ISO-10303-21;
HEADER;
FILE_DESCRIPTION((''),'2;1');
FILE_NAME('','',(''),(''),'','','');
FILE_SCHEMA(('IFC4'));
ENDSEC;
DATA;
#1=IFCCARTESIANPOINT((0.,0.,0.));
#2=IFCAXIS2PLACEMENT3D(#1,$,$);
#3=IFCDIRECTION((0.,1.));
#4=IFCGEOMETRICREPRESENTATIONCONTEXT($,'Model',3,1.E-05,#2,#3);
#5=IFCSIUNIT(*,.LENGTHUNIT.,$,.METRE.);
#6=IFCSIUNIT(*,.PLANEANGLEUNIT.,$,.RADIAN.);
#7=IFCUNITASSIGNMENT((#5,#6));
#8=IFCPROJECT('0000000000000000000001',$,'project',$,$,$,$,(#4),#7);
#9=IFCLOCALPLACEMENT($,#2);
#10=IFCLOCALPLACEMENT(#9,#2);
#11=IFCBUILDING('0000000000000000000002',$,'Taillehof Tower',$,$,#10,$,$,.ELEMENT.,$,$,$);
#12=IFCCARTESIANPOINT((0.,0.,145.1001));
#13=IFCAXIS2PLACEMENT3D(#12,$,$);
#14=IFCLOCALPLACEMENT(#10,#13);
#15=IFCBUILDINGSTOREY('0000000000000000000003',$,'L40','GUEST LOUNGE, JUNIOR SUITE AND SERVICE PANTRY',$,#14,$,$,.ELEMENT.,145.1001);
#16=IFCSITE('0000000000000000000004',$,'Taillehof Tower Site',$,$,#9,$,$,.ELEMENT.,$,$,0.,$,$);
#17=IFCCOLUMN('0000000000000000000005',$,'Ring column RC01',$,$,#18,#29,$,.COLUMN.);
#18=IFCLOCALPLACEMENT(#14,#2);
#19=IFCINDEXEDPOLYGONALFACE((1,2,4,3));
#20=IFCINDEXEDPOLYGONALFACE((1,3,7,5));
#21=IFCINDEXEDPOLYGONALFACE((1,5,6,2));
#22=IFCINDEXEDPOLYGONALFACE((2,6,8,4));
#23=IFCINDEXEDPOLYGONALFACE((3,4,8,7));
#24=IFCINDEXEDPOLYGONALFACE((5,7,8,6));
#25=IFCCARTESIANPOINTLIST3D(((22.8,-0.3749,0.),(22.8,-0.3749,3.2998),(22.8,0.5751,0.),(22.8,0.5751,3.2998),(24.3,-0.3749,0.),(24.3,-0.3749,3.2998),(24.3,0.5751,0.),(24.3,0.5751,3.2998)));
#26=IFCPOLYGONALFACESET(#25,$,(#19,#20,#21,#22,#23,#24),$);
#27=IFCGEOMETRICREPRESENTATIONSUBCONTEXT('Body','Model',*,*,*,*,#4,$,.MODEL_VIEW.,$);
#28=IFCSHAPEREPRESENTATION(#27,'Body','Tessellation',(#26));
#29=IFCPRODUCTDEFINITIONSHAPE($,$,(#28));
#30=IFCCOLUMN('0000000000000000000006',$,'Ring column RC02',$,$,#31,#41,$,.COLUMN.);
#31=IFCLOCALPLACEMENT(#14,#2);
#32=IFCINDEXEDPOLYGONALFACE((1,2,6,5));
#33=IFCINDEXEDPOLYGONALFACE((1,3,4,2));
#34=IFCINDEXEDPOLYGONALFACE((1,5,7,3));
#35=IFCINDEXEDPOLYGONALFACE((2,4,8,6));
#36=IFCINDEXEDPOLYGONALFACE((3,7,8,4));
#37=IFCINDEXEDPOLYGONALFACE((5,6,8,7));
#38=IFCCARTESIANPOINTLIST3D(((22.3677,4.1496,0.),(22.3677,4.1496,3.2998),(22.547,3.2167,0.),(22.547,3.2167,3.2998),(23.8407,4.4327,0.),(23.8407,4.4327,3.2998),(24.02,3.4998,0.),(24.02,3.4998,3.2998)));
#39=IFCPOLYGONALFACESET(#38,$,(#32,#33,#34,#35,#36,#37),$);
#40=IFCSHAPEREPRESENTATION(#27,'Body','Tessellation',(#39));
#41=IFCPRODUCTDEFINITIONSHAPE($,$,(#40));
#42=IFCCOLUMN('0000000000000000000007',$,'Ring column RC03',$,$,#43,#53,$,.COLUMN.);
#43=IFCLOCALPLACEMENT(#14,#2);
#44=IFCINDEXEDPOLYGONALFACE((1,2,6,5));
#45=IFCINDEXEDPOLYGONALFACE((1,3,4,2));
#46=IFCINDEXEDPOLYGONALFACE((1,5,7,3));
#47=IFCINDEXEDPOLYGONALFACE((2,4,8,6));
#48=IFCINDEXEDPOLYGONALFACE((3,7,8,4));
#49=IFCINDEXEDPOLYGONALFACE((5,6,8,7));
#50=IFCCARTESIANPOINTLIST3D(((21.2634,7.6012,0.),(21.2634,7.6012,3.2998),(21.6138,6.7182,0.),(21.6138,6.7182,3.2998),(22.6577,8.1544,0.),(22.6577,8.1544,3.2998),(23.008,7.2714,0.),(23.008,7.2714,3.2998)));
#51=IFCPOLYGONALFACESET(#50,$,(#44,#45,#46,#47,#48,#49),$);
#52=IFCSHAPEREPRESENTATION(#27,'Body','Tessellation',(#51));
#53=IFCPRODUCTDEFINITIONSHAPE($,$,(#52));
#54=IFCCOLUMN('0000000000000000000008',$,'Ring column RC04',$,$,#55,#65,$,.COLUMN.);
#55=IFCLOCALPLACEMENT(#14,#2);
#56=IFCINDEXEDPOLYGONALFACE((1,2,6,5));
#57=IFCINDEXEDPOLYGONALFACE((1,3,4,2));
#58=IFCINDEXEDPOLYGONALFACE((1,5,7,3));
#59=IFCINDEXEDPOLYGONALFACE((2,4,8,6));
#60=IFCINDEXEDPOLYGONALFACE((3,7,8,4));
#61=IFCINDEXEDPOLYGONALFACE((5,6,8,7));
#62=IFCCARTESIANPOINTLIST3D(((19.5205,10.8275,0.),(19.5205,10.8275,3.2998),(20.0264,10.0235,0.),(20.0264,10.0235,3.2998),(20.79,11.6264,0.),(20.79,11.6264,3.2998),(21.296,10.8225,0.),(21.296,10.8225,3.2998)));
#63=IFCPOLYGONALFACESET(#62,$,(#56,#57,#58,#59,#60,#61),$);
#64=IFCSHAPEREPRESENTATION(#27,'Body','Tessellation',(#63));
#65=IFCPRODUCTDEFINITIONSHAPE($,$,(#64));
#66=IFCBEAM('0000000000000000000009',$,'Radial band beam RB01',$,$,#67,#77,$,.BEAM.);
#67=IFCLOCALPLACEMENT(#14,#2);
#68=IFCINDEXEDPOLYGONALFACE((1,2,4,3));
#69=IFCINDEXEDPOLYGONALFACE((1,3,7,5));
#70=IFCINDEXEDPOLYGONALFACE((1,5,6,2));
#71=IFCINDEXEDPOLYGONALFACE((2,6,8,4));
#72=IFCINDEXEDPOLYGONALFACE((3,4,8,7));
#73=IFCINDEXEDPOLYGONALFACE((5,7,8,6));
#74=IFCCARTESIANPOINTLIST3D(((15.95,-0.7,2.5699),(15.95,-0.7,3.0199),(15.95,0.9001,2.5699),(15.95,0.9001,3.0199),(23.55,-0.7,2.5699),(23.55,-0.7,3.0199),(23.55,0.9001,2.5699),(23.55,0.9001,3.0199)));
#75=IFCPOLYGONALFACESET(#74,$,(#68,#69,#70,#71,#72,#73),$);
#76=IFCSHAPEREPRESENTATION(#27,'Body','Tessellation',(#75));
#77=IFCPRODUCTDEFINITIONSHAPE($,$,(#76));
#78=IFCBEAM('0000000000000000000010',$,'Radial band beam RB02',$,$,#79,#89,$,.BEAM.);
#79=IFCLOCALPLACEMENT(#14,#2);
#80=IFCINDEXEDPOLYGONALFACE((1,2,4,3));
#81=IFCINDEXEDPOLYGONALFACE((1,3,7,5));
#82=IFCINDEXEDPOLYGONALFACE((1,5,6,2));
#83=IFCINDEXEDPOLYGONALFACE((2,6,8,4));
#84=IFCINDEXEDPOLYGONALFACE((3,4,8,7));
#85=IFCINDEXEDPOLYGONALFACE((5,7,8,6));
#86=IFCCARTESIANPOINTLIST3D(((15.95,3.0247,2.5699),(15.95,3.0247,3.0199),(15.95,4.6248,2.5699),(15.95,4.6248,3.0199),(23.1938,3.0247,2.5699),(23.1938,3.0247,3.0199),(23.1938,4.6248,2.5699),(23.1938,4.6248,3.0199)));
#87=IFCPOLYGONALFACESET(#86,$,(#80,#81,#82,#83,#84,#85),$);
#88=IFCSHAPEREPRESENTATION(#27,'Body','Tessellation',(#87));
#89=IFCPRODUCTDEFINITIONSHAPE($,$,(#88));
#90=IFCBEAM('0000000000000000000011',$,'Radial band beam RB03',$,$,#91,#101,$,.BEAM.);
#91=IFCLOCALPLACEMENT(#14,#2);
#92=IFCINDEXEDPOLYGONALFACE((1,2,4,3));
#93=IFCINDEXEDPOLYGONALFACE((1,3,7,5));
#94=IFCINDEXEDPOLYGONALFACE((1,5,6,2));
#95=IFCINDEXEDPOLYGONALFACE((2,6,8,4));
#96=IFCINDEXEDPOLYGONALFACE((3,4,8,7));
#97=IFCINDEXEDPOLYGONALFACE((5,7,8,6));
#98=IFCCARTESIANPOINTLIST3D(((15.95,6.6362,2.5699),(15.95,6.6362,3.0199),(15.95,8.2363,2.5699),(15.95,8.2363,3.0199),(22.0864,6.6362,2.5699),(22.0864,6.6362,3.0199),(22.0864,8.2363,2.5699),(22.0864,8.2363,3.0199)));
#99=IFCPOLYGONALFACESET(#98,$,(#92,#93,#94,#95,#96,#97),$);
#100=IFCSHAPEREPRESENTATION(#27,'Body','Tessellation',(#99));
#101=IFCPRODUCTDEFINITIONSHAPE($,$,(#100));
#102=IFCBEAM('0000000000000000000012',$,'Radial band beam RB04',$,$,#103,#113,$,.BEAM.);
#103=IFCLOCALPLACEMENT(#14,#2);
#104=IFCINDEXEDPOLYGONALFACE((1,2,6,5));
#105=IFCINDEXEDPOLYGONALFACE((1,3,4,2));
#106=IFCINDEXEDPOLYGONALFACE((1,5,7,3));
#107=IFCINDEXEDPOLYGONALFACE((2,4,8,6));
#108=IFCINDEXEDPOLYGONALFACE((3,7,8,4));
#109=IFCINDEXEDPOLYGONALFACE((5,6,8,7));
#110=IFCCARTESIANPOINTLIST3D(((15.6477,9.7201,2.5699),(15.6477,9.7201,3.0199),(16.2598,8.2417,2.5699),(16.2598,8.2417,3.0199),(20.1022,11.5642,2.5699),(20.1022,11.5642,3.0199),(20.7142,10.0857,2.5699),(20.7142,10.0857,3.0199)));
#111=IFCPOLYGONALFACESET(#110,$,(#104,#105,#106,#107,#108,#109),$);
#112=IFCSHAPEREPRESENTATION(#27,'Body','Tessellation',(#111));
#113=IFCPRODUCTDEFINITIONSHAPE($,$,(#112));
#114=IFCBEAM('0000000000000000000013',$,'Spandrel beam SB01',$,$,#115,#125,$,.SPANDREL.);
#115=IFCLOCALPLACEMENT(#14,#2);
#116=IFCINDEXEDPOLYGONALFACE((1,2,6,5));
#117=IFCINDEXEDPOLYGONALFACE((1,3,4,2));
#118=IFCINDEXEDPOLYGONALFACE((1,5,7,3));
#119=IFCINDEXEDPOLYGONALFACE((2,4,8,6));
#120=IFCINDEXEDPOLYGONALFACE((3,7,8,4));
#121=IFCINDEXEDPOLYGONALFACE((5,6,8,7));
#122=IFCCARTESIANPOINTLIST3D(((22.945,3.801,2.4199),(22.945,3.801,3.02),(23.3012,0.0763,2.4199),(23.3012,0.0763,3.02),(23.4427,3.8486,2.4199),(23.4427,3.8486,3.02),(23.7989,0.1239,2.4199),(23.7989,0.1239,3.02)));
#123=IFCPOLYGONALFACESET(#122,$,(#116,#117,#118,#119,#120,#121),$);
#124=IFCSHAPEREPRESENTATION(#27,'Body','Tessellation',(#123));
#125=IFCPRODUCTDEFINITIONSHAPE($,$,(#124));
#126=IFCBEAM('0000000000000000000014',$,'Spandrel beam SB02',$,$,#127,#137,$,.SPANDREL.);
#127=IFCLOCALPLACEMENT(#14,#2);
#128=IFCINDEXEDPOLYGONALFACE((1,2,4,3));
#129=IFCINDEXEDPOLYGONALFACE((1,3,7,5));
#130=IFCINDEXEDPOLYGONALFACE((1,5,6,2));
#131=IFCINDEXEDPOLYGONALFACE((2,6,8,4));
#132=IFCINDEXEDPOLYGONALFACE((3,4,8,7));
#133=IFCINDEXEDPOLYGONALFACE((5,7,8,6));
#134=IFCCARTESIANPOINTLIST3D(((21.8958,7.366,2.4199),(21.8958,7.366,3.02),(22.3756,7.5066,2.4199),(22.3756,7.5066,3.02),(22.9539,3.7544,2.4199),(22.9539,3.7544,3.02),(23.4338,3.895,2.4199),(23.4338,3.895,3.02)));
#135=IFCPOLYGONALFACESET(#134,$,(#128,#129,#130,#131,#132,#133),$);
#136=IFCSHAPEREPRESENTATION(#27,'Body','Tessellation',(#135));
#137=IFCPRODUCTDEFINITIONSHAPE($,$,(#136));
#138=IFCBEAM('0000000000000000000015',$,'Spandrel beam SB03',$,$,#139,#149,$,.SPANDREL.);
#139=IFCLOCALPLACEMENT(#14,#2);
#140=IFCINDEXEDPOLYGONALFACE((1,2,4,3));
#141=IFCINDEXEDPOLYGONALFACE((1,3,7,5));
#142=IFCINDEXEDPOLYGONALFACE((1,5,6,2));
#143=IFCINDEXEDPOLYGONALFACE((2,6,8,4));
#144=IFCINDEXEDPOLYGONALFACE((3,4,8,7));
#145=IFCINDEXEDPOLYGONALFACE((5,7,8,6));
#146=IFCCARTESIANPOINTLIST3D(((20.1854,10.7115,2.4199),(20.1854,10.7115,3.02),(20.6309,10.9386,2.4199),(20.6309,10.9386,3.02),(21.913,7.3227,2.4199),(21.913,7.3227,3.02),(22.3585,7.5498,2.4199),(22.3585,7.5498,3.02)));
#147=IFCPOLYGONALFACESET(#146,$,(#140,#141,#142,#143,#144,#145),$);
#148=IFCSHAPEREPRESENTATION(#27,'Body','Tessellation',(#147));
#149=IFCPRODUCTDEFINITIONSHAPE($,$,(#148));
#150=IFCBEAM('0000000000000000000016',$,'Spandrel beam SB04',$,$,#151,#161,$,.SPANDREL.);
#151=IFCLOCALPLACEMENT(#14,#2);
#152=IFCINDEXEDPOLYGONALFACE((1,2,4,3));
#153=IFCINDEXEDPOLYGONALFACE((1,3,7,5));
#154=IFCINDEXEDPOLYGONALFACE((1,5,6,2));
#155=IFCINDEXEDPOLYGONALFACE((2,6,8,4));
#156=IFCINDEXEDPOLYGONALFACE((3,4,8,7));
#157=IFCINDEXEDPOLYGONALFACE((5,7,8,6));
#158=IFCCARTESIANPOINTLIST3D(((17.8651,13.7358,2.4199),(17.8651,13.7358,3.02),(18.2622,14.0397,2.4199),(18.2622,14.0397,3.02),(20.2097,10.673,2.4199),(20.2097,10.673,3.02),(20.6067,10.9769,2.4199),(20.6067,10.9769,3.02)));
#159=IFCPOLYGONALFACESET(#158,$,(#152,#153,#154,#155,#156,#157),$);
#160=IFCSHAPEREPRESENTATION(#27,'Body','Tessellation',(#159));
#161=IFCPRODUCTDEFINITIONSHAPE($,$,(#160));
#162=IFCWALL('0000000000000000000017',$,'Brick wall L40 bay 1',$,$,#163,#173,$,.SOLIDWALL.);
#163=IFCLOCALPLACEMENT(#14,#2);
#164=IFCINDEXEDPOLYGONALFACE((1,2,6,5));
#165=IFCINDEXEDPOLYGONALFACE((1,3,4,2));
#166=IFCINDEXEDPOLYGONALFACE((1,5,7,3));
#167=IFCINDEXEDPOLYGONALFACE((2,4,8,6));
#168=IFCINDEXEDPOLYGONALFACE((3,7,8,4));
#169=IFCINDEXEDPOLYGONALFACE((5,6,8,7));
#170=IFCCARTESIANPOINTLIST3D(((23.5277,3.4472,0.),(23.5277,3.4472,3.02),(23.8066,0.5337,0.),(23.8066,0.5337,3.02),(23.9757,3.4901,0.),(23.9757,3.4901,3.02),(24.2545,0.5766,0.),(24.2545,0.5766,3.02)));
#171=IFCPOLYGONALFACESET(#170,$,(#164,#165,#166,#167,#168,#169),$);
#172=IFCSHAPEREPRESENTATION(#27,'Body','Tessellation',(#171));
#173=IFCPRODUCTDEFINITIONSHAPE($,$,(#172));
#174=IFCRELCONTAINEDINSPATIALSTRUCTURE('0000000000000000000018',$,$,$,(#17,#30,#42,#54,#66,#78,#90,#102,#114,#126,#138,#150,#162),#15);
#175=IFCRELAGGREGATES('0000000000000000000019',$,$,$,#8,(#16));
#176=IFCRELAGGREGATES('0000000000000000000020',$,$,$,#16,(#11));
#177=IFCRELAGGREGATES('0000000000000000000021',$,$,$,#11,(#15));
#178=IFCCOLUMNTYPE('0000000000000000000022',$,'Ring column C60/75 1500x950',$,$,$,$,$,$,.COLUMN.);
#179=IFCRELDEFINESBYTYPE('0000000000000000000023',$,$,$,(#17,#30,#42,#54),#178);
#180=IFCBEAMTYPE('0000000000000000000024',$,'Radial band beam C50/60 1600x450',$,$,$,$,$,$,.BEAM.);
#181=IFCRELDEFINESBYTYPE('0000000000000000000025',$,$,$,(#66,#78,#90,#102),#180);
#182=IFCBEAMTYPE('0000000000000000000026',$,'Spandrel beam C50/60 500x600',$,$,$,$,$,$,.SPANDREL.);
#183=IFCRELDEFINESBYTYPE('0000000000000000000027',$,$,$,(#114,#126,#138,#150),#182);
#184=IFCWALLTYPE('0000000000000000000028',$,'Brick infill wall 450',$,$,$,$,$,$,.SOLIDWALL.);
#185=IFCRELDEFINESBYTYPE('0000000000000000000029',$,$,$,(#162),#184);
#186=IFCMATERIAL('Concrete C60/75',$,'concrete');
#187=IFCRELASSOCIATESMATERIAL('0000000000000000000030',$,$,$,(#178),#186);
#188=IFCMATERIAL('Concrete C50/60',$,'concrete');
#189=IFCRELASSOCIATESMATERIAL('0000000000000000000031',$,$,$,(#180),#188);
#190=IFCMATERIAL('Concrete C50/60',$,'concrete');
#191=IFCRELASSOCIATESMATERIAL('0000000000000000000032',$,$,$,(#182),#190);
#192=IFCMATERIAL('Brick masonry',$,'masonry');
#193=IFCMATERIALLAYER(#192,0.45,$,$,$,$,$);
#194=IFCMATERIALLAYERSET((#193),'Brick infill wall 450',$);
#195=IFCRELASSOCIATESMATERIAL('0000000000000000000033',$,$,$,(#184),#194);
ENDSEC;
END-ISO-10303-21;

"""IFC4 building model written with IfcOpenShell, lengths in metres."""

from ifc_helpers import new_model, si_unit, direction, frame, frame_2d, origin, origin_2d, place, context, subcontext, project, spatial, rectangle, extrude, material, layer, layer_set, material_profile, profile_set, type_object, element, save


model = new_model("IFC4")

# Units and contexts
model_context = context("Model", 3, precision=1e-05, world=origin(), true_north=direction((0.0, 1.0)))
body_context = subcontext(model_context, "Body", "Model", "MODEL_VIEW")
ifc_project = project(units=[si_unit("LENGTHUNIT", "METRE"), si_unit("PLANEANGLEUNIT", "RADIAN")], contexts=[model_context])

# Site, building, storey
site_placement = place(None, origin())
site = spatial("IfcSite", under=ifc_project, at=site_placement, Name="Taillehof Tower Site", CompositionType="ELEMENT", RefElevation=0.0)
building_placement = place(site_placement, origin())
building = spatial("IfcBuilding", under=site, at=building_placement, Name="Taillehof Tower", CompositionType="ELEMENT")
storey_placement = place(building_placement, frame((0.0, 0.0, 145.1001)))
storey = spatial("IfcBuildingStorey", under=building, at=storey_placement, Name="L40", Description="GUEST LOUNGE, JUNIOR SUITE AND SERVICE PANTRY", CompositionType="ELEMENT", Elevation=145.1001)

# Columns
ifc_material_1 = material(Name="Concrete C60/75", Category="concrete")
ifc_material_profile_1 = material_profile(ifc_material_1, rectangle(XDim=1.5, YDim=0.95, at=origin_2d()), Name="RC 1500x950")
ifc_profile_set_1 = profile_set([ifc_material_profile_1], Name="Concrete C60/75")
column_type = type_object("IfcColumnType", Name="Ring column C60/75 1500x950", PredefinedType="COLUMN", material=ifc_profile_set_1)
for number, where, z_axis, x_axis, name in (
    (1, (23.55, 0.1001, 0.0), (0.0, 0.0, 1.0), (1.0, 0.0, 0.0), "Ring column RC01"),
    (2, (23.1938, 3.8247, 0.0), (0.0, 0.0, 1.0), (0.982024, 0.188757, 0.0), "Ring column RC02"),
    (3, (22.1357, 7.4363, 0.0), (0.0, 0.0, 1.0), (0.929511, 0.368793, 0.0), "Ring column RC03"),
    (4, (20.4082, 10.825, 0.0), (0.0, 0.0, 1.0), (0.846334, 0.532652, 0.0), "Ring column RC04"),
):
    element("IfcColumn", number, at=place(storey_placement, frame(where, z_axis=z_axis, x_axis=x_axis)), inside=storey, type_object=column_type, Name=name, PredefinedType="COLUMN", context=body_context, shape_type="SweptSolid", body=[
        extrude(rectangle(XDim=1.5, YDim=0.95, at=origin_2d()), origin(), (0.0, 0.0, 1.0), 3.2998),
    ])

# Beams
ifc_material_2 = material(Name="Concrete C50/60", Category="concrete")
ifc_material_profile_2 = material_profile(ifc_material_2, rectangle(XDim=1.6001, YDim=0.45, at=origin_2d()), Name="RC 1600x450")
ifc_profile_set_2 = profile_set([ifc_material_profile_2], Name="Concrete C50/60")
beam_type_1 = type_object("IfcBeamType", Name="Radial band beam C50/60 1600x450", PredefinedType="BEAM", material=ifc_profile_set_2)
beam_1_placement = place(storey_placement, frame((23.55, 0.1001, 2.7949), z_axis=(-1.0, 0.0, 0.0), x_axis=(0.0, -1.0, 0.0)))
element("IfcBeam", 5, at=beam_1_placement, inside=storey, type_object=beam_type_1, Name="Radial band beam RB01", PredefinedType="BEAM", context=body_context, shape_type="SweptSolid", body=[
    extrude(rectangle(XDim=1.6001, YDim=0.45, at=origin_2d()), origin(), (0.0, 0.0, 1.0), 7.6001),
])
beam_2_placement = place(storey_placement, frame((23.1938, 3.8247, 2.7949), z_axis=(-1.0, 0.0, 0.0), x_axis=(0.0, -1.0, 0.0)))
element("IfcBeam", 6, at=beam_2_placement, inside=storey, type_object=beam_type_1, Name="Radial band beam RB02", PredefinedType="BEAM", context=body_context, shape_type="SweptSolid", body=[
    extrude(rectangle(XDim=1.6001, YDim=0.45, at=origin_2d()), origin(), (0.0, 0.0, 1.0), 7.2439),
])
beam_3_placement = place(storey_placement, frame((22.0864, 7.4363, 2.7949), z_axis=(-1.0, 0.0, 0.0), x_axis=(0.0, -1.0, 0.0)))
element("IfcBeam", 7, at=beam_3_placement, inside=storey, type_object=beam_type_1, Name="Radial band beam RB03", PredefinedType="BEAM", context=body_context, shape_type="SweptSolid", body=[
    extrude(rectangle(XDim=1.6001, YDim=0.45, at=origin_2d()), origin(), (0.0, 0.0, 1.0), 6.1365),
])
beam_4_placement = place(storey_placement, frame((20.4082, 10.825, 2.7949), z_axis=(-0.923957, -0.382496, 0.0), x_axis=(0.382496, -0.923957, 0.0)))
element("IfcBeam", 8, at=beam_4_placement, inside=storey, type_object=beam_type_1, Name="Radial band beam RB04", PredefinedType="BEAM", context=body_context, shape_type="SweptSolid", body=[
    extrude(rectangle(XDim=1.6001, YDim=0.45, at=origin_2d()), origin(), (0.0, 0.0, 1.0), 4.821),
])
ifc_material_3 = material(Name="Concrete C50/60", Category="concrete")
ifc_material_profile_3 = material_profile(ifc_material_3, rectangle(XDim=0.5, YDim=0.6001, at=origin_2d()), Name="RC 500x600")
ifc_profile_set_3 = profile_set([ifc_material_profile_3], Name="Concrete C50/60")
beam_type_2 = type_object("IfcBeamType", Name="Spandrel beam C50/60 500x600", PredefinedType="SPANDREL", material=ifc_profile_set_3)
beam_5_placement = place(storey_placement, frame((23.55, 0.1001, 2.72), z_axis=(-0.0952, 0.995458, 0.0), x_axis=(-0.995458, -0.0952, 0.0)))
element("IfcBeam", 9, at=beam_5_placement, inside=storey, type_object=beam_type_2, Name="Spandrel beam SB01", PredefinedType="SPANDREL", context=body_context, shape_type="SweptSolid", body=[
    extrude(rectangle(XDim=0.5, YDim=0.6001, at=origin_2d()), origin(), (0.0, 0.0, 1.0), 3.7417),
])
beam_6_placement = place(storey_placement, frame((23.1938, 3.8247, 2.72), z_axis=(-0.281158, 0.959661, 0.0), x_axis=(-0.959661, -0.281158, 0.0)))
element("IfcBeam", 10, at=beam_6_placement, inside=storey, type_object=beam_type_2, Name="Spandrel beam SB02", PredefinedType="SPANDREL", context=body_context, shape_type="SweptSolid", body=[
    extrude(rectangle(XDim=0.5, YDim=0.6001, at=origin_2d()), origin(), (0.0, 0.0, 1.0), 3.7634),
])
beam_7_placement = place(storey_placement, frame((22.1357, 7.4363, 2.72), z_axis=(-0.454183, 0.890908, 0.0), x_axis=(-0.890908, -0.454183, 0.0)))
element("IfcBeam", 11, at=beam_7_placement, inside=storey, type_object=beam_type_2, Name="Spandrel beam SB03", PredefinedType="SPANDREL", context=body_context, shape_type="SweptSolid", body=[
    extrude(rectangle(XDim=0.5, YDim=0.6001, at=origin_2d()), origin(), (0.0, 0.0, 1.0), 3.8037),
])
beam_8_placement = place(storey_placement, frame((20.4082, 10.825, 2.72), z_axis=(-0.60784, 0.794059, 0.0), x_axis=(-0.794059, -0.60784, 0.0)))
element("IfcBeam", 12, at=beam_8_placement, inside=storey, type_object=beam_type_2, Name="Spandrel beam SB04", PredefinedType="SPANDREL", context=body_context, shape_type="SweptSolid", body=[
    extrude(rectangle(XDim=0.5, YDim=0.6001, at=origin_2d()), origin(), (0.0, 0.0, 1.0), 3.8572),
])

# Wall
ifc_material_4 = material(Name="Brick masonry", Category="masonry")
ifc_layer_1 = layer(ifc_material_4, 0.45)
ifc_layer_set_1 = layer_set([ifc_layer_1], Name="Brick infill wall 450")
wall_type_1 = type_object("IfcWallType", Name="Brick infill wall 450", PredefinedType="SOLIDWALL", material=ifc_layer_set_1)
wall_1_placement = place(storey_placement, frame((24.0305, 0.5552, 0.0), z_axis=(0.0, 0.0, 1.0), x_axis=(-0.095266, 0.995452, 0.0)))
element("IfcWall", 13, at=wall_1_placement, inside=storey, type_object=wall_type_1, Name="Brick wall L40 bay 1", PredefinedType="SOLIDWALL", context=body_context, shape_type="SweptSolid", body=[
    extrude(rectangle(XDim=2.9268, YDim=0.45, at=frame_2d((1.4634, 0.0))), origin(), (0.0, 0.0, 1.0), 3.02),
])

save(model, "model.ifc")
